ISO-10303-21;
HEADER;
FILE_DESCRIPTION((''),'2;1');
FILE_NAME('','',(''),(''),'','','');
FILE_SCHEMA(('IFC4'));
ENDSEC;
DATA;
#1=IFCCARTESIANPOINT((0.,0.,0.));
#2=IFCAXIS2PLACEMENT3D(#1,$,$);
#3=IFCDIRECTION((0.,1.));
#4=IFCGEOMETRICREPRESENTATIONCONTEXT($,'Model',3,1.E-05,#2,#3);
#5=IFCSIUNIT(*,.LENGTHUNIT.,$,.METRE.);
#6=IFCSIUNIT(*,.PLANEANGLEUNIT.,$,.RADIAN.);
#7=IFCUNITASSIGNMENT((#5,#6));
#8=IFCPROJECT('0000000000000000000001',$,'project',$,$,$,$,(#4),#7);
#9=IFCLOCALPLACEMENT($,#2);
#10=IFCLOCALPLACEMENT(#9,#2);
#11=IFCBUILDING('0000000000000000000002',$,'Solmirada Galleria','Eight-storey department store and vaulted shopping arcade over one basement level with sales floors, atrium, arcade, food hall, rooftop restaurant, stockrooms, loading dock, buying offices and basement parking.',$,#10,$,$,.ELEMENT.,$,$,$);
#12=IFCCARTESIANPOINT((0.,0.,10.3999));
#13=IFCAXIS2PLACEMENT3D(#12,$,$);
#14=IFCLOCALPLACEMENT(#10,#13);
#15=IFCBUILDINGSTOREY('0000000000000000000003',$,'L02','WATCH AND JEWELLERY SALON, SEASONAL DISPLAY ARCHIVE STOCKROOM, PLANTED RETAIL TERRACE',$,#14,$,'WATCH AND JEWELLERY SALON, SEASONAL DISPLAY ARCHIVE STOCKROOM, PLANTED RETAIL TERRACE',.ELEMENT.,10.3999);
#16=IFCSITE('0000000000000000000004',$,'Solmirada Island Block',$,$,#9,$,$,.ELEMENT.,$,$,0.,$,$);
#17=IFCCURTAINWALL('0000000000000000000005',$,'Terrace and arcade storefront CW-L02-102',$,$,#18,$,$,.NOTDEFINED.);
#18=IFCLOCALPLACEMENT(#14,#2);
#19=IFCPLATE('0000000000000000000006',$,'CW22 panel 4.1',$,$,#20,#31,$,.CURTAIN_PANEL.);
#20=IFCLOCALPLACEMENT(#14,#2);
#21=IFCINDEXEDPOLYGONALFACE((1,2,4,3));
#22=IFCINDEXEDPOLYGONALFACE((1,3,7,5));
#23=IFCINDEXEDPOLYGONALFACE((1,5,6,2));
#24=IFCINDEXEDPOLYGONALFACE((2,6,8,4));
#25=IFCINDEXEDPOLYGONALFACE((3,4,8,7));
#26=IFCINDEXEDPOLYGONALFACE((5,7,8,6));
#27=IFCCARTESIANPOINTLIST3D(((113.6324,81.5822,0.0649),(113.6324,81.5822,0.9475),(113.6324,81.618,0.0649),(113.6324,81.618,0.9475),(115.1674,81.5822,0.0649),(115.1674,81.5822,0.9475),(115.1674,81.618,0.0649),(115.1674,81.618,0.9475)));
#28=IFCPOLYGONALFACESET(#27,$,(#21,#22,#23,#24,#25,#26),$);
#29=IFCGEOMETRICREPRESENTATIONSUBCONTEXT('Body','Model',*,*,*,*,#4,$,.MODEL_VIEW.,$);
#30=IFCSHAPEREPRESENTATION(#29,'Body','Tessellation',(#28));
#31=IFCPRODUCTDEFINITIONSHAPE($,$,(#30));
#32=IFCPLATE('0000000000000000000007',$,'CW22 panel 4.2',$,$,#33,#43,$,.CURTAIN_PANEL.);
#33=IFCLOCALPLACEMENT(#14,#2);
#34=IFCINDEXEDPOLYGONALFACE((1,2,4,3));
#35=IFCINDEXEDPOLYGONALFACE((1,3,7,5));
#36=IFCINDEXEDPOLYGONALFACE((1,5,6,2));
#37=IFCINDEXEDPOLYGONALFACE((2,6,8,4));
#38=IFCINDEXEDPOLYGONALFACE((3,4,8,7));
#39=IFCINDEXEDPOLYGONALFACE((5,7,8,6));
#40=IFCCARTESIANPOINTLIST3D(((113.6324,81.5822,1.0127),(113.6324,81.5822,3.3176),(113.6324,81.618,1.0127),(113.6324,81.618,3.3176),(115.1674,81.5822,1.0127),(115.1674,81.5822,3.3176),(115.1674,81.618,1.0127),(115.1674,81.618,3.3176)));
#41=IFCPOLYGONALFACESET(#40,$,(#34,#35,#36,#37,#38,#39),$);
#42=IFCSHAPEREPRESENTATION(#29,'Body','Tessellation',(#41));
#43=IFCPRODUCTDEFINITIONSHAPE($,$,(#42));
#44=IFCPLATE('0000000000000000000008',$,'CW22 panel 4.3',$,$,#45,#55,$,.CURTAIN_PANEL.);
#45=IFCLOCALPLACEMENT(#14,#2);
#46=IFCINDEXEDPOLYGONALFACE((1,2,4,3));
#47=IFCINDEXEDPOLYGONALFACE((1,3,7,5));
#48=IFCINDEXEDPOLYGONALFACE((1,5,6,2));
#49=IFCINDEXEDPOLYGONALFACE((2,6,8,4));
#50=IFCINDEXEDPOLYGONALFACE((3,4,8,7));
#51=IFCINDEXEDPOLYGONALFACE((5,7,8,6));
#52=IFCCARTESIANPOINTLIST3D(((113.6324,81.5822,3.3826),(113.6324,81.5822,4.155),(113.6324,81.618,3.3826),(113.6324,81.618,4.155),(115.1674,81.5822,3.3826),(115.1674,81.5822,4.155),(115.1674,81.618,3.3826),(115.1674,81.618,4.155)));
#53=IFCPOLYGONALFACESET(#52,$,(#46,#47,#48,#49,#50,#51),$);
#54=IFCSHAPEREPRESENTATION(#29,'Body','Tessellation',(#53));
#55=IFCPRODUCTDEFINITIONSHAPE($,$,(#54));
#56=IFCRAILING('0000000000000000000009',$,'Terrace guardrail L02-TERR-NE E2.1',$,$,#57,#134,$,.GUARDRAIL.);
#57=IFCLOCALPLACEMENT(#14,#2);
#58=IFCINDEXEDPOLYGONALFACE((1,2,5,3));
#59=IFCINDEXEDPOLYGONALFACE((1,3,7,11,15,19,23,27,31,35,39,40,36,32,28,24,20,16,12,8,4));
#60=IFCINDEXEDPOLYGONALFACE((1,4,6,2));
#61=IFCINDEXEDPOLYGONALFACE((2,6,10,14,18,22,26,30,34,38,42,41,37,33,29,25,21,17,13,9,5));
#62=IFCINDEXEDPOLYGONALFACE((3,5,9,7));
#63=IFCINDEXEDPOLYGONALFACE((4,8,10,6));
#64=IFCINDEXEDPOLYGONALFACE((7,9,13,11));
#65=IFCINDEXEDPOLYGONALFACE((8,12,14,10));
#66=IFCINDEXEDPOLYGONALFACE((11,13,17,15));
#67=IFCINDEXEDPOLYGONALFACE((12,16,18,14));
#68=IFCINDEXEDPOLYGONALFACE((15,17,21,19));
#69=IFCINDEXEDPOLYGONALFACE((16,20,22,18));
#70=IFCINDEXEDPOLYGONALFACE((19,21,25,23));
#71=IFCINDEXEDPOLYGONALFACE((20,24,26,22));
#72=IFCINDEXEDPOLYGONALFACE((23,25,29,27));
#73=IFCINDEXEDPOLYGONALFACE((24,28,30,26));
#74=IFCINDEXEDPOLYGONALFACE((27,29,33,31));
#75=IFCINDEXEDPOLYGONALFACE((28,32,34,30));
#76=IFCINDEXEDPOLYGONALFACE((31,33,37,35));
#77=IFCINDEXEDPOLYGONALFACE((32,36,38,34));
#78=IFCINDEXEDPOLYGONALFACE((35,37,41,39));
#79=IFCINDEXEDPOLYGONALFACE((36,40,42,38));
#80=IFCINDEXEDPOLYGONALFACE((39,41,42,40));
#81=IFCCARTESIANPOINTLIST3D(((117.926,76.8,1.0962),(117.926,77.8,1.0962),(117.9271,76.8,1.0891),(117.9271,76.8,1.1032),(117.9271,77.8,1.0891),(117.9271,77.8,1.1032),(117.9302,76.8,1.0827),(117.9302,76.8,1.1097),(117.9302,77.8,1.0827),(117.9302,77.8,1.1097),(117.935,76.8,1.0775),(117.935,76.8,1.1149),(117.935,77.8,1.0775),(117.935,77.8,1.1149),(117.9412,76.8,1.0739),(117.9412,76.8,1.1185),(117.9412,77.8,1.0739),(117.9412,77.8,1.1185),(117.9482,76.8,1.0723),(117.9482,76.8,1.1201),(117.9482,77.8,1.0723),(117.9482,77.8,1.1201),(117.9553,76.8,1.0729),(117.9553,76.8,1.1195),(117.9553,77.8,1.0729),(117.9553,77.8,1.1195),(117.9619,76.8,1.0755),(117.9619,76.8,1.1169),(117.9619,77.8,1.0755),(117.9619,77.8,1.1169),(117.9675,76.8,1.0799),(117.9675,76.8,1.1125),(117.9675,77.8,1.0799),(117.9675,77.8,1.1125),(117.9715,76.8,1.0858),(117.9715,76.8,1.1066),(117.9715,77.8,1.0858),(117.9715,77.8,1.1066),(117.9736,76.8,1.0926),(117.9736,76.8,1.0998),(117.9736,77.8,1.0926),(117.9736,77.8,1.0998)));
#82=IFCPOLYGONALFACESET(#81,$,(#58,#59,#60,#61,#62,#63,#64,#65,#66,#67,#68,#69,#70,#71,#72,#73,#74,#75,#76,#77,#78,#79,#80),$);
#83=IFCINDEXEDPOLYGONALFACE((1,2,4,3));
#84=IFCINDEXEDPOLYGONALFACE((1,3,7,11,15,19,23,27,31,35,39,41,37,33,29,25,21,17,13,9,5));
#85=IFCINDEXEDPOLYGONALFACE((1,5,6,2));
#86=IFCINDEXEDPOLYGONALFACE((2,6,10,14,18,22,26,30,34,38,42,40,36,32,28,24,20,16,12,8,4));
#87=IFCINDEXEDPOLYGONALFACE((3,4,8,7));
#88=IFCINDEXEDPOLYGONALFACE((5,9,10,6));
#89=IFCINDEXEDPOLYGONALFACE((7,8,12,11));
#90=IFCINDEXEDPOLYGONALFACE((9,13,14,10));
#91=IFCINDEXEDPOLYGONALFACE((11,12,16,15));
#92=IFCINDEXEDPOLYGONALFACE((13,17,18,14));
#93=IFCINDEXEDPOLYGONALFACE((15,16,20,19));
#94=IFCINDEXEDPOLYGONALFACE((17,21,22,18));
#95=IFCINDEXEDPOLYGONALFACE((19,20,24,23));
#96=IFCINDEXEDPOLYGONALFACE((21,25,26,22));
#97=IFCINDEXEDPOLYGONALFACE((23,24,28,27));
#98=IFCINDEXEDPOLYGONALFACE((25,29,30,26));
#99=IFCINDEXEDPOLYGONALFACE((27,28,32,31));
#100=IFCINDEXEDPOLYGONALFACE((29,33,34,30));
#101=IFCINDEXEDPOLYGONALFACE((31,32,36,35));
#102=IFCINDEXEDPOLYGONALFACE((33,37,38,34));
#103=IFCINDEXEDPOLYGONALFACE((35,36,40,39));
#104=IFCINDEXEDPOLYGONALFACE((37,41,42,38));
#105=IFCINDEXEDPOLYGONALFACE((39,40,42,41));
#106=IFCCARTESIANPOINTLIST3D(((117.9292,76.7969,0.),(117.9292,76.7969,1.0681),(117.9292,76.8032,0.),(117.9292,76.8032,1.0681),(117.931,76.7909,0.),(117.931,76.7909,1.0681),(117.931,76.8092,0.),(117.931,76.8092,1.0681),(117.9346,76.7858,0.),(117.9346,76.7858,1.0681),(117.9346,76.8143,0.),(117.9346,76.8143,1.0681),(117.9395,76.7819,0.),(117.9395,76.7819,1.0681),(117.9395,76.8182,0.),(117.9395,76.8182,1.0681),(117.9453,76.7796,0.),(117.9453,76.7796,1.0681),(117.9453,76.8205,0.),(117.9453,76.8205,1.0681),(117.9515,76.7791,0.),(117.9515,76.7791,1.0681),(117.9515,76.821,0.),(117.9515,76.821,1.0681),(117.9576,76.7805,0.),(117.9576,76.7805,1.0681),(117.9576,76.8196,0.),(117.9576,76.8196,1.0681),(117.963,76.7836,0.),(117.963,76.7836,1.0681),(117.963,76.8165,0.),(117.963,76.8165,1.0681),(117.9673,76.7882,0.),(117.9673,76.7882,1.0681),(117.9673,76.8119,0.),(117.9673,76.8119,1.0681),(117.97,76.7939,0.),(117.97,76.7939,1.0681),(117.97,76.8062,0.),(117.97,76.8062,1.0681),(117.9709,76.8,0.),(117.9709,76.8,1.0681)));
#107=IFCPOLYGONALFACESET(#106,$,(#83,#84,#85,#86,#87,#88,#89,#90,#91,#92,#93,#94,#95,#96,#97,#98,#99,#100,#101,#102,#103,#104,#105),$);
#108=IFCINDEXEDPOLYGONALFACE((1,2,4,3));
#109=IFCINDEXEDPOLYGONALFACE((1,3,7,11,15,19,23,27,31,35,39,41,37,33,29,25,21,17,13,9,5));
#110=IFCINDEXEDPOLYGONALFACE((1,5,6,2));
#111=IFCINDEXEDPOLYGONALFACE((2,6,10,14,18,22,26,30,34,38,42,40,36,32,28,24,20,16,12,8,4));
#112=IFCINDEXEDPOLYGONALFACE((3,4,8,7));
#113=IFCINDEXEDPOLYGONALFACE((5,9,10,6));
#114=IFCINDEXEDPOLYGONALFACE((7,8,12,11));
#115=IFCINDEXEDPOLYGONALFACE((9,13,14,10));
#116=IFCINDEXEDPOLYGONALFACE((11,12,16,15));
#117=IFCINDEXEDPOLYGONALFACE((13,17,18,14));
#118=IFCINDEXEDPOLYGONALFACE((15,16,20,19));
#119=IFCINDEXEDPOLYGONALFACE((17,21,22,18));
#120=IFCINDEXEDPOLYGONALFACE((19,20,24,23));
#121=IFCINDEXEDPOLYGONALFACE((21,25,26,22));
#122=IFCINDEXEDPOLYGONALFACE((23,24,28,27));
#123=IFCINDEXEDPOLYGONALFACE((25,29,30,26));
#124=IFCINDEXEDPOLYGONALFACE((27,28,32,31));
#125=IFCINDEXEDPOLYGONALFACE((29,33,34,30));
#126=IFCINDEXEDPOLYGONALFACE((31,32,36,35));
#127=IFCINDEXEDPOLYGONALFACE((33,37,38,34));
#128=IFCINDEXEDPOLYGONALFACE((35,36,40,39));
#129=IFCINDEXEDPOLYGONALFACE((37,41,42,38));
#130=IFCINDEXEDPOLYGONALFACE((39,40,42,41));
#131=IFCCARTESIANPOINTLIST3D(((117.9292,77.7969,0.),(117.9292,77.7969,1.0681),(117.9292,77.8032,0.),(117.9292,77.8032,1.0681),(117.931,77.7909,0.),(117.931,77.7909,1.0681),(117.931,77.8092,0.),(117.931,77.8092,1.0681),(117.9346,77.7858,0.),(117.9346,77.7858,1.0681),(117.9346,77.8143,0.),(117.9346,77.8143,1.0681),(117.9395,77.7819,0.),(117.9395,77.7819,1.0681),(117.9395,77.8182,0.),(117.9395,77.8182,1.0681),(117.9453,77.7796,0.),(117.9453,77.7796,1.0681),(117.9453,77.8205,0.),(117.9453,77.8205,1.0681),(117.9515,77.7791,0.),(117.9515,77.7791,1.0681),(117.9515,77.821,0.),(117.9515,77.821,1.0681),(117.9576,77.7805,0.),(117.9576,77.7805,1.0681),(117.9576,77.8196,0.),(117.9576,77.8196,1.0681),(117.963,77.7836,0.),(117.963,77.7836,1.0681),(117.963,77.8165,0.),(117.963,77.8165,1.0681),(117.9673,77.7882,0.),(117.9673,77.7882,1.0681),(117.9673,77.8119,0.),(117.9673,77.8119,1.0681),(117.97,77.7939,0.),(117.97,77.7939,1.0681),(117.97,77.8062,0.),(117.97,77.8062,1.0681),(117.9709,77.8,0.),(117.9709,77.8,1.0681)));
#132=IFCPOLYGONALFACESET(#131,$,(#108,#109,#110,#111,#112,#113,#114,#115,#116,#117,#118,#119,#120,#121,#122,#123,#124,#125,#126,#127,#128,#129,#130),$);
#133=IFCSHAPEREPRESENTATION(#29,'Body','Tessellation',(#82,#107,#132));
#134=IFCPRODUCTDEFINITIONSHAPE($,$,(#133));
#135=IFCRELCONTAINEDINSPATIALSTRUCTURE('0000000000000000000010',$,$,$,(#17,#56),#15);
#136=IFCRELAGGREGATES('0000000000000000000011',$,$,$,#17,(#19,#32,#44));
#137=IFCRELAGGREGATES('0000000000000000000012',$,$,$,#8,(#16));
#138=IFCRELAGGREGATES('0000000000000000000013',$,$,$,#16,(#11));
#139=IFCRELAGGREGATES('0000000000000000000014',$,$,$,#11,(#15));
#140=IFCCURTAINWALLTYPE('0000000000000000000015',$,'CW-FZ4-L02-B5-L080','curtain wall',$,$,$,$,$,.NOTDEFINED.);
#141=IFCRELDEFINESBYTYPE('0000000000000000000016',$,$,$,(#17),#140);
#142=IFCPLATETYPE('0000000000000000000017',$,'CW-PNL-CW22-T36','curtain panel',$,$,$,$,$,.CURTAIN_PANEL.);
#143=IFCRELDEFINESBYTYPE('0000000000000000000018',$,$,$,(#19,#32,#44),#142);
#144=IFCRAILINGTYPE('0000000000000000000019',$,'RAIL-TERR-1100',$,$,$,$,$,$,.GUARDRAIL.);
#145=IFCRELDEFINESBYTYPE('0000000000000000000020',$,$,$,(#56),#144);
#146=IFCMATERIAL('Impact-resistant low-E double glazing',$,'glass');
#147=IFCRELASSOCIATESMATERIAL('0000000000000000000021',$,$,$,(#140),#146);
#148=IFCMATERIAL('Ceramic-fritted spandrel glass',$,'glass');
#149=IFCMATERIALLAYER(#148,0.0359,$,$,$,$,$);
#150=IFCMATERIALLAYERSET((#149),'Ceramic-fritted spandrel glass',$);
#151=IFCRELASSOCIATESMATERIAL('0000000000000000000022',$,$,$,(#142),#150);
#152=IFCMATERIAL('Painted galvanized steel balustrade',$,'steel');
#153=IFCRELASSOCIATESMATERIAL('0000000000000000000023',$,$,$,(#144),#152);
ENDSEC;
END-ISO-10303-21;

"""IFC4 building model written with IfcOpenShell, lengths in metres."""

from ifc_helpers import new_model, si_unit, direction, frame, origin, origin_2d, place, context, subcontext, project, spatial, rectangle, circle, extrude, material, layer, layer_set, type_object, element, aggregate, save


model = new_model("IFC4")

# Units and contexts
model_context = context("Model", 3, precision=1e-05, world=origin(), true_north=direction((0.0, 1.0)))
body_context = subcontext(model_context, "Body", "Model", "MODEL_VIEW")
ifc_project = project(units=[si_unit("LENGTHUNIT", "METRE"), si_unit("PLANEANGLEUNIT", "RADIAN")], contexts=[model_context])

# Site, building, storey
site_placement = place(None, origin())
site = spatial("IfcSite", under=ifc_project, at=site_placement, Name="Solmirada Island Block", CompositionType="ELEMENT", RefElevation=0.0)
building_placement = place(site_placement, origin())
building = spatial("IfcBuilding", under=site, at=building_placement, Name="Solmirada Galleria", Description="Eight-storey department store and vaulted shopping arcade over one basement level with sales floors, atrium, arcade, food hall, rooftop restaurant, stockrooms, loading dock, buying offices and basement parking.", CompositionType="ELEMENT")
storey_placement = place(building_placement, frame((0.0, 0.0, 10.3999)))
storey = spatial("IfcBuildingStorey", under=building, at=storey_placement, Name="L02", Description="WATCH AND JEWELLERY SALON, SEASONAL DISPLAY ARCHIVE STOCKROOM, PLANTED RETAIL TERRACE", LongName="WATCH AND JEWELLERY SALON, SEASONAL DISPLAY ARCHIVE STOCKROOM, PLANTED RETAIL TERRACE", CompositionType="ELEMENT", Elevation=10.3999)

# Curtain wall, plates
ifc_material_1 = material(Name="Impact-resistant low-E double glazing", Category="glass")
curtain_wall_type = type_object("IfcCurtainWallType", Name="CW-FZ4-L02-B5-L080", Description="curtain wall", PredefinedType="NOTDEFINED", material=ifc_material_1)
curtain_wall_placement = place(storey_placement, origin())
curtain_wall = element("IfcCurtainWall", 1, at=curtain_wall_placement, inside=storey, type_object=curtain_wall_type, Name="Terrace and arcade storefront CW-L02-102", PredefinedType="NOTDEFINED")
ifc_material_2 = material(Name="Ceramic-fritted spandrel glass", Category="glass")
ifc_layer = layer(ifc_material_2, 0.0359)
ifc_layer_set = layer_set([ifc_layer], Name="Ceramic-fritted spandrel glass")
plate_type = type_object("IfcPlateType", Name="CW-PNL-CW22-T36", Description="curtain panel", PredefinedType="CURTAIN_PANEL", material=ifc_layer_set)
plate_1_placement = place(storey_placement, frame((114.3999, 81.6001, 0.0649), z_axis=(0.0, 0.0, 1.0), x_axis=(-1.0, 0.0, 0.0)))
plate_1 = element("IfcPlate", 2, at=plate_1_placement, type_object=plate_type, Name="CW22 panel 4.1", PredefinedType="CURTAIN_PANEL", context=body_context, shape_type="SweptSolid", body=[
    extrude(rectangle(XDim=1.5349, YDim=0.0359, at=origin_2d()), origin(), (0.0, 0.0, 1.0), 0.8826),
])
plate_2_placement = place(storey_placement, frame((114.3999, 81.6001, 1.0127), z_axis=(0.0, 0.0, 1.0), x_axis=(-1.0, 0.0, 0.0)))
plate_2 = element("IfcPlate", 3, at=plate_2_placement, type_object=plate_type, Name="CW22 panel 4.2", PredefinedType="CURTAIN_PANEL", context=body_context, shape_type="SweptSolid", body=[
    extrude(rectangle(XDim=1.5349, YDim=0.0359, at=origin_2d()), origin(), (0.0, 0.0, 1.0), 2.3049),
])
plate_3_placement = place(storey_placement, frame((114.3999, 81.6001, 3.3826), z_axis=(0.0, 0.0, 1.0), x_axis=(-1.0, 0.0, 0.0)))
plate_3 = element("IfcPlate", 4, at=plate_3_placement, type_object=plate_type, Name="CW22 panel 4.3", PredefinedType="CURTAIN_PANEL", context=body_context, shape_type="SweptSolid", body=[
    extrude(rectangle(XDim=1.5349, YDim=0.0359, at=origin_2d()), origin(), (0.0, 0.0, 1.0), 0.7725),
])
aggregate(curtain_wall, [plate_1, plate_2, plate_3])

# Railing
ifc_material_3 = material(Name="Painted galvanized steel balustrade", Category="steel")
railing_type = type_object("IfcRailingType", Name="RAIL-TERR-1100", PredefinedType="GUARDRAIL", material=ifc_material_3)
railing_1_placement = place(storey_placement, frame((117.95, 76.8, 0.0)))
element("IfcRailing", 5, at=railing_1_placement, inside=storey, type_object=railing_type, Name="Terrace guardrail L02-TERR-NE E2.1", PredefinedType="GUARDRAIL", context=body_context, shape_type="SweptSolid", body=[
    extrude(circle(Radius=0.0239, at=origin_2d()), frame((0.0, 0.0, 1.0962), z_axis=(0.0, 1.0, 0.0), x_axis=(-1.0, 0.0, 0.0)), (0.0, 0.0, 1.0), 1.0),
    extrude(circle(Radius=0.021, at=origin_2d()), origin(), (0.0, 0.0, 1.0), 1.0681),
    extrude(circle(Radius=0.021, at=origin_2d()), frame((0.0, 1.0, 0.0)), (0.0, 0.0, 1.0), 1.0681),
])

save(model, "model.ifc")
